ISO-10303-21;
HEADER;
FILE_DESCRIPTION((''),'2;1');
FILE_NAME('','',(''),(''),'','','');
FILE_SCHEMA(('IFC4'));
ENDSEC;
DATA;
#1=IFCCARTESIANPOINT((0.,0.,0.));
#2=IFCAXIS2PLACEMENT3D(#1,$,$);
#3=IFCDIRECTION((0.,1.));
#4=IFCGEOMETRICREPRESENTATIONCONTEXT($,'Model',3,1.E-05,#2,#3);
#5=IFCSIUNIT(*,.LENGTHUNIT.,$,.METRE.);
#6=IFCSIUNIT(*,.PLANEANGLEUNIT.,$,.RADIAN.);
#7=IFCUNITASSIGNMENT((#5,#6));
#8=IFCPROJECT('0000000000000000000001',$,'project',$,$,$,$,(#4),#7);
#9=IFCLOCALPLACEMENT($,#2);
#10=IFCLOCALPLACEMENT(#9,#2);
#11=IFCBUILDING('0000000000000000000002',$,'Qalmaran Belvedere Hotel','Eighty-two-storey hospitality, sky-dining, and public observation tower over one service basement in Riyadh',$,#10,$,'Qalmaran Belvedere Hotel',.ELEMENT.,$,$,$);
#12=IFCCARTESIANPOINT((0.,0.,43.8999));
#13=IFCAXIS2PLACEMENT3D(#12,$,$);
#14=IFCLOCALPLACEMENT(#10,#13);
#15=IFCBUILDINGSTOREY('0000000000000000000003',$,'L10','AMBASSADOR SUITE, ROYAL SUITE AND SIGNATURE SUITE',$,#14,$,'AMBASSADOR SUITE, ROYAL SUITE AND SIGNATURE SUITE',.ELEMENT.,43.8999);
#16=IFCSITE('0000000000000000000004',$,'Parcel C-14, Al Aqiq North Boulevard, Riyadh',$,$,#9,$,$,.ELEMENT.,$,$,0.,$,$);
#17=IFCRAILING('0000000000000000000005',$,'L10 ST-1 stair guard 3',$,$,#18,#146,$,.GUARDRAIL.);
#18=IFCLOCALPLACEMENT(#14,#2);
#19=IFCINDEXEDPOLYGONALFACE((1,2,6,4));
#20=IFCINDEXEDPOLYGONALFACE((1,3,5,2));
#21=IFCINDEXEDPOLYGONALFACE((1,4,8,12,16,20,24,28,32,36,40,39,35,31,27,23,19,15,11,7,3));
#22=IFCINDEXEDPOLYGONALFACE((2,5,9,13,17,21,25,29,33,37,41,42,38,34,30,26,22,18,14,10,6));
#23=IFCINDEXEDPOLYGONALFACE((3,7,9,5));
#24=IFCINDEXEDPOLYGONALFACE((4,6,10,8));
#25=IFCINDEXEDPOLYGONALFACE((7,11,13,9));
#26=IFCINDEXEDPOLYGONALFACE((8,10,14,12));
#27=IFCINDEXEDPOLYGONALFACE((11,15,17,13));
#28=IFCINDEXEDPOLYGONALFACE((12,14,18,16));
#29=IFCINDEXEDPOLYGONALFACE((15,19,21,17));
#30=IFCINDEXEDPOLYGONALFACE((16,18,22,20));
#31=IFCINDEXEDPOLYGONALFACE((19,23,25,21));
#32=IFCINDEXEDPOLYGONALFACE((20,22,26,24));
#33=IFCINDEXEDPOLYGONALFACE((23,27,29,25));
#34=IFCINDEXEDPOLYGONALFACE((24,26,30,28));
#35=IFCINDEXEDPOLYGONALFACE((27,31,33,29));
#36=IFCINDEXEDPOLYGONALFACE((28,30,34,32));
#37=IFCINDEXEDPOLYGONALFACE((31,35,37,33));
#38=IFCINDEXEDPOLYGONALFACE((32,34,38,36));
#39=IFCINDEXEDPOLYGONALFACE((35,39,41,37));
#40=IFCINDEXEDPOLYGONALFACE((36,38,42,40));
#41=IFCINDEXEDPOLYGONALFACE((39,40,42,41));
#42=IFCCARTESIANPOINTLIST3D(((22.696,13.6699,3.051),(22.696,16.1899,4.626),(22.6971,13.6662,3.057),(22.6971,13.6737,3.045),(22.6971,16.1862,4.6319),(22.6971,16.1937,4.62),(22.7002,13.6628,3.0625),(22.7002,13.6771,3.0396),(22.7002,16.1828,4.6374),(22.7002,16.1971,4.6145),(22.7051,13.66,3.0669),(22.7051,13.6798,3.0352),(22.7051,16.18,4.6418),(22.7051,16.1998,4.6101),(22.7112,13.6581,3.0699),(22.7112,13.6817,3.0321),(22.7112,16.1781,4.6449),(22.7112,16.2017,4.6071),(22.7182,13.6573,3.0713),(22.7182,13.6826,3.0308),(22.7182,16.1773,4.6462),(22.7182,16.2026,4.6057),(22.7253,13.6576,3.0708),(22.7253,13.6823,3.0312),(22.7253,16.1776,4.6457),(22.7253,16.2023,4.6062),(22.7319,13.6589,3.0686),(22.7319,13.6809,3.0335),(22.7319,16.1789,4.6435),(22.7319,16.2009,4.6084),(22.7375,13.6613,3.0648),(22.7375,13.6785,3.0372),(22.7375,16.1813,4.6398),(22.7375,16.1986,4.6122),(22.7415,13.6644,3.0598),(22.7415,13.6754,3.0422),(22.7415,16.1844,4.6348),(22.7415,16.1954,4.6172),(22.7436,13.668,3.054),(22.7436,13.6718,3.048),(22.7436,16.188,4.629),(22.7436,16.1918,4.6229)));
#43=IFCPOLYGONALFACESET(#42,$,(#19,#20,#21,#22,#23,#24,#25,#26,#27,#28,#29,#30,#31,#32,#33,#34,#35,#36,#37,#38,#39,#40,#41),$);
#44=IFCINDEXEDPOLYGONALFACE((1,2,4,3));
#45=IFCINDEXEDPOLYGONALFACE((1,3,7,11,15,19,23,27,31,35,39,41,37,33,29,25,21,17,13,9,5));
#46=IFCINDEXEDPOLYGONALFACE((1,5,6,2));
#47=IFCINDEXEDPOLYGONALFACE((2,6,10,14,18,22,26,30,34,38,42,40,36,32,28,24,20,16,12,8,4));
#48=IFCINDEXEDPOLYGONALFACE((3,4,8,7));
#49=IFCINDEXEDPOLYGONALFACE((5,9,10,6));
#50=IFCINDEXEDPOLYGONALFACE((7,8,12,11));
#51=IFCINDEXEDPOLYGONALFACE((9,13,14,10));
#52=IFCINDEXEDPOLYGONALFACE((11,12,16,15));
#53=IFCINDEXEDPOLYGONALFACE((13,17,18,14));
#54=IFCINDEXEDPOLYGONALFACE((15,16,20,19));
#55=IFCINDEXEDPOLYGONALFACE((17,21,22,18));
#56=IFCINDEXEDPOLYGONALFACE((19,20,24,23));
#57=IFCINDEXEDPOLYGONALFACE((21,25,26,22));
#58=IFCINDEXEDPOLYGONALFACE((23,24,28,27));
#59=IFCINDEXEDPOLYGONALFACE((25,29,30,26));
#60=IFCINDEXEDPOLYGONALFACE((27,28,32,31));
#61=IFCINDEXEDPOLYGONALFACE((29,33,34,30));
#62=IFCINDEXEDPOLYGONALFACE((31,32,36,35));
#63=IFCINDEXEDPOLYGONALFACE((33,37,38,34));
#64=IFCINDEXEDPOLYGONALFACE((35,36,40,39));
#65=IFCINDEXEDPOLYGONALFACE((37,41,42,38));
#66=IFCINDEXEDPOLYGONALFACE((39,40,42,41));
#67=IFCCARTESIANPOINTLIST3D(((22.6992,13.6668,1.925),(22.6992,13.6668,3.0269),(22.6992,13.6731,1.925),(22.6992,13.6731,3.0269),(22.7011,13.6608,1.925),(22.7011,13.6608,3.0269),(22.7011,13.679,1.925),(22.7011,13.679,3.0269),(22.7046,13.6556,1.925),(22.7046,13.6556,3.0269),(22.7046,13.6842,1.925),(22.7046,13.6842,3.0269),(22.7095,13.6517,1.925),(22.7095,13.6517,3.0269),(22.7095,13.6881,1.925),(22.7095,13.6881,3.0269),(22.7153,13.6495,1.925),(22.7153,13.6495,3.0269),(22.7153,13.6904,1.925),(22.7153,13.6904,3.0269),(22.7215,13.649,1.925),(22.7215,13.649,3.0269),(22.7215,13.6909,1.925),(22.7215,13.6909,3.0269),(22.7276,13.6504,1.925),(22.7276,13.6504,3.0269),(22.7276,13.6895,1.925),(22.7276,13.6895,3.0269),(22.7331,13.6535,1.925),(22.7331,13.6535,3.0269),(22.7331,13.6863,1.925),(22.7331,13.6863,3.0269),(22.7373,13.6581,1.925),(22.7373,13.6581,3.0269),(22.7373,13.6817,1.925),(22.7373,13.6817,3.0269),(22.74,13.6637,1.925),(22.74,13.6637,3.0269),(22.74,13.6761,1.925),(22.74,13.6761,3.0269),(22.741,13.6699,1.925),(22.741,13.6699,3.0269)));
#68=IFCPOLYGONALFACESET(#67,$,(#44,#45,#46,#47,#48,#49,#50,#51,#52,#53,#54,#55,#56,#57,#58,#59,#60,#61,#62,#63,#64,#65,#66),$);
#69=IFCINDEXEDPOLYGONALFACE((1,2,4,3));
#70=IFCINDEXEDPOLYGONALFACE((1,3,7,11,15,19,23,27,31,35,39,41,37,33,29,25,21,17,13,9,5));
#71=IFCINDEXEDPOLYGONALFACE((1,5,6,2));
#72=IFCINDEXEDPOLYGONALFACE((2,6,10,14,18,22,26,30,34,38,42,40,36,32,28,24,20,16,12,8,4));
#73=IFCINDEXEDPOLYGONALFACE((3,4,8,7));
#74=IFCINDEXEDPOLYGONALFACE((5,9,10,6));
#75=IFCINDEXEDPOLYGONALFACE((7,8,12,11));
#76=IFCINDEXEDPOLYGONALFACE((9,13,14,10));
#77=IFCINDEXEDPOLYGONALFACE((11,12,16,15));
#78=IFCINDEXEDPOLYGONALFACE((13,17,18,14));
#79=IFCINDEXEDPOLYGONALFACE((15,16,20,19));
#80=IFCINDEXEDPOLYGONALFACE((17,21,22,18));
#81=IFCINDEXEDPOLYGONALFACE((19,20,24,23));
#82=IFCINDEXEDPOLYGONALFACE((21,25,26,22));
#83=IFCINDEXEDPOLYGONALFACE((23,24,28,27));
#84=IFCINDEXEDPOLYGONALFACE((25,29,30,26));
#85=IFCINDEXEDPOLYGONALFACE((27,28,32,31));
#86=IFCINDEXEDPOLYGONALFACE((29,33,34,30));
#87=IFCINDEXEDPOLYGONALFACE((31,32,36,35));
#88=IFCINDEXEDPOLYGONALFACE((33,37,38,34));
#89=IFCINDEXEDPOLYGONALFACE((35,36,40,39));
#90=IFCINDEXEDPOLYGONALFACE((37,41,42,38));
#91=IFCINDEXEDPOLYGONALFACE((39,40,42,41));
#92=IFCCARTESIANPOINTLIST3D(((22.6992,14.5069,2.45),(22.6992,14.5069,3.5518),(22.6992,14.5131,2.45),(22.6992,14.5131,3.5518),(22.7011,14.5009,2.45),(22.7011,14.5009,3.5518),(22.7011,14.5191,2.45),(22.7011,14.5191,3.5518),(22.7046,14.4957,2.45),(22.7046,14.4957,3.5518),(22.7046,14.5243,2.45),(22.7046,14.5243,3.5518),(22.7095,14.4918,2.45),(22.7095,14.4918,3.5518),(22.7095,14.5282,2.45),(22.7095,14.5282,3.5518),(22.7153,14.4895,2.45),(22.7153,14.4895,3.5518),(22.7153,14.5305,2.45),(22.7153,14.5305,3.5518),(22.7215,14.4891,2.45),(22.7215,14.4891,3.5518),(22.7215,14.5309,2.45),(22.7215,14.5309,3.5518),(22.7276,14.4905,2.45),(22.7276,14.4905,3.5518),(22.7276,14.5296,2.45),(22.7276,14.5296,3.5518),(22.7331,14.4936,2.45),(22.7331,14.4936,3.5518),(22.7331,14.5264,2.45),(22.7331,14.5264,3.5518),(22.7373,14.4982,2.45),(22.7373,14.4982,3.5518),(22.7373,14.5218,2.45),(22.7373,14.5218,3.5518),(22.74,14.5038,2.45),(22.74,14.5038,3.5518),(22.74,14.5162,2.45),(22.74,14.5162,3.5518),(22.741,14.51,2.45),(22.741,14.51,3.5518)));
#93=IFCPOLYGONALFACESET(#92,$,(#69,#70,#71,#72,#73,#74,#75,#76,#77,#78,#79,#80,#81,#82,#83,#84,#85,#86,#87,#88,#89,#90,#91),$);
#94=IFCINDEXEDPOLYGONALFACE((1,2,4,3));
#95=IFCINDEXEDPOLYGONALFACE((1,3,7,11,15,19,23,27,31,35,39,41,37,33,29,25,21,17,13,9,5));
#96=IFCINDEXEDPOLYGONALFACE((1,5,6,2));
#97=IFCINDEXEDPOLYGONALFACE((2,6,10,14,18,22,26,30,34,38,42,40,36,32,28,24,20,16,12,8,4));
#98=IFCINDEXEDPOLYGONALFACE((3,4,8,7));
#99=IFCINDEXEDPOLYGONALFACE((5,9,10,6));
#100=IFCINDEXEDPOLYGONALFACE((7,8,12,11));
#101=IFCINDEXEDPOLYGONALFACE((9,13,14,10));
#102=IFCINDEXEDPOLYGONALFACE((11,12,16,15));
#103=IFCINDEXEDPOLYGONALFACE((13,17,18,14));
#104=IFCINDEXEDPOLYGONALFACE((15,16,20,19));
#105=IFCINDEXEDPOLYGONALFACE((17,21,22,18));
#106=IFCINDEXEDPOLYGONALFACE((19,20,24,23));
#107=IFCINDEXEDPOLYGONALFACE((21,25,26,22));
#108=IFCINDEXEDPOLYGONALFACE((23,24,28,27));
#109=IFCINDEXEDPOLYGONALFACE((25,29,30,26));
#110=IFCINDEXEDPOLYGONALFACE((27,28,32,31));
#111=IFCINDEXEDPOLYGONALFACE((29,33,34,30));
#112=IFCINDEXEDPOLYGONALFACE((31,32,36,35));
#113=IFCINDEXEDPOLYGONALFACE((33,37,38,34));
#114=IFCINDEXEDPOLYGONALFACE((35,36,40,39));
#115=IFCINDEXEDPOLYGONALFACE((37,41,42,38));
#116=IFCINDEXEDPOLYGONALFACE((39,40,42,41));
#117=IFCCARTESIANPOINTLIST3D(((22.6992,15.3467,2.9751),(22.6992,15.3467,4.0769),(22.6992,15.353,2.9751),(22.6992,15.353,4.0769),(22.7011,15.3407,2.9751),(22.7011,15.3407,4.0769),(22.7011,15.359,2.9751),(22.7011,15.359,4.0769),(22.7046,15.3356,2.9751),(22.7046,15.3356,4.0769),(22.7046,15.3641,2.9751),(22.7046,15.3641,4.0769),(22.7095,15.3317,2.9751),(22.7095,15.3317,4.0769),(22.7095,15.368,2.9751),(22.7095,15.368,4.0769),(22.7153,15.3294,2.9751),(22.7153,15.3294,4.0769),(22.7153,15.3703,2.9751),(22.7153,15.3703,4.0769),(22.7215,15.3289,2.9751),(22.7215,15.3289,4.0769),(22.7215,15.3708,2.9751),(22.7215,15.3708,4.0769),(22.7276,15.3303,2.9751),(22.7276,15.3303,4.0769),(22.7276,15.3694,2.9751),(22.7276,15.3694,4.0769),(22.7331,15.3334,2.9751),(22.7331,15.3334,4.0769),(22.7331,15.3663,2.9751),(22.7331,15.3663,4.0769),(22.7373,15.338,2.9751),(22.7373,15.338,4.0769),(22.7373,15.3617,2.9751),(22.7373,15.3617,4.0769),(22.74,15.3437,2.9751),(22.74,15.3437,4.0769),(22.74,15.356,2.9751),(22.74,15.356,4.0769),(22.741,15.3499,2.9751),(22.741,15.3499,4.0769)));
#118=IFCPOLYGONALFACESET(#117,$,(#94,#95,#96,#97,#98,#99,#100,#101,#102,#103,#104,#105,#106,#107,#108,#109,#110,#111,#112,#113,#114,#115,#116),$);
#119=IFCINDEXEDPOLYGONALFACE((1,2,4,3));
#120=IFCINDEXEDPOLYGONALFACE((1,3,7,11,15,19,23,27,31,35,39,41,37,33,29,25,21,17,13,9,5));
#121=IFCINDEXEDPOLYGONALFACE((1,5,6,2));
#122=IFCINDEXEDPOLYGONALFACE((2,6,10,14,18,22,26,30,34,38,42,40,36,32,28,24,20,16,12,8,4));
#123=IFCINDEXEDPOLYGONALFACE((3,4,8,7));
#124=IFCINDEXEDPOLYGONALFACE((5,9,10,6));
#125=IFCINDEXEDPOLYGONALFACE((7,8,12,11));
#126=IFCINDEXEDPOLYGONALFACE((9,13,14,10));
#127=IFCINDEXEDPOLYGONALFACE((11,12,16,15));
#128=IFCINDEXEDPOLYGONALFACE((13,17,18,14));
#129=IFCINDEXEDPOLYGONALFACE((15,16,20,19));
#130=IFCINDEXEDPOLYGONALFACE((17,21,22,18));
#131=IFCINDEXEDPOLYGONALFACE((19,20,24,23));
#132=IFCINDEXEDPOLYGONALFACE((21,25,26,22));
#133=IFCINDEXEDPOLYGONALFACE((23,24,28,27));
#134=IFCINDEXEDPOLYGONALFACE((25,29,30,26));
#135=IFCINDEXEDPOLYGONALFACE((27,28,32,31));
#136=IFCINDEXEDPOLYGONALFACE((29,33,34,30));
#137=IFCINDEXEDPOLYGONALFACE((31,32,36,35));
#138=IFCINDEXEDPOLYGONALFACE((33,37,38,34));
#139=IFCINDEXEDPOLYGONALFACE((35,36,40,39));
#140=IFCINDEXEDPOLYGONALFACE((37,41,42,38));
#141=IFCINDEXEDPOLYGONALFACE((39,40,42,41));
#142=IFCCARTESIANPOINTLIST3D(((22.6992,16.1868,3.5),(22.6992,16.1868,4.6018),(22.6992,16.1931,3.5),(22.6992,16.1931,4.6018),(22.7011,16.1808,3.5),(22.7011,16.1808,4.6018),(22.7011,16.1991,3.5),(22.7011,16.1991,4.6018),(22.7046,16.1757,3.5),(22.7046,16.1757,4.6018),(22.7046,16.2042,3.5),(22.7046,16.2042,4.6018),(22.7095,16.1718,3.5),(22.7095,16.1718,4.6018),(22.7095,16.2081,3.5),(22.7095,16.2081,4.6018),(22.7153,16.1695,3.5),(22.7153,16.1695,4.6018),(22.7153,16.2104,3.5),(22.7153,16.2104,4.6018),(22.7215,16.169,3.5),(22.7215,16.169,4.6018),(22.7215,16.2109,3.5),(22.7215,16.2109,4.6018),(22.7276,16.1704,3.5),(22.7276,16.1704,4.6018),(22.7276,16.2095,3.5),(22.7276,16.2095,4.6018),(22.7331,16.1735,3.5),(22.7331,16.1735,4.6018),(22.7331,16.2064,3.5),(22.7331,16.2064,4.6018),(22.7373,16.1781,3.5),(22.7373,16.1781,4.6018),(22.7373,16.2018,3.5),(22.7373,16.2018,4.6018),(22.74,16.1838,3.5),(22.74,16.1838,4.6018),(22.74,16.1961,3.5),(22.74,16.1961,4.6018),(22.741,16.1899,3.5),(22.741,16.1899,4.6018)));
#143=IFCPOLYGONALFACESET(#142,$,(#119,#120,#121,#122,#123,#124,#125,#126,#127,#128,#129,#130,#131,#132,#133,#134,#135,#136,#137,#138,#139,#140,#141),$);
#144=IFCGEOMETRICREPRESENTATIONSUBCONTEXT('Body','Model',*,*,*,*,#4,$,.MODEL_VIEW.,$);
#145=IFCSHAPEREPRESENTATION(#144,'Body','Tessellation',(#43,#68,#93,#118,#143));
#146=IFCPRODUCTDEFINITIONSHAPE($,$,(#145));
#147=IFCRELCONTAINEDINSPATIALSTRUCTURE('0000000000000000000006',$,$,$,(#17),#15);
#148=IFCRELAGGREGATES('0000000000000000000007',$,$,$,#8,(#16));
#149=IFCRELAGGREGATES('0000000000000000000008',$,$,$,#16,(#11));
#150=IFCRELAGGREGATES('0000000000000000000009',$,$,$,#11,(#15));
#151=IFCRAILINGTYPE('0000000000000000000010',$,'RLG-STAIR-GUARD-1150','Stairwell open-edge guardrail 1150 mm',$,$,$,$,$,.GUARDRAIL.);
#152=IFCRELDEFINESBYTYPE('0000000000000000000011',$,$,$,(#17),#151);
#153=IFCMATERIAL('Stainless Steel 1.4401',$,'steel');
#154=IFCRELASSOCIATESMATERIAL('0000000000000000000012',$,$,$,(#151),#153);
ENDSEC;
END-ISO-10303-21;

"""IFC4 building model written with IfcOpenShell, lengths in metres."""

from ifc_helpers import new_model, si_unit, direction, frame, origin, origin_2d, place, context, subcontext, project, spatial, circle, extrude, material, type_object, element, save


model = new_model("IFC4")

# Units and contexts
model_context = context("Model", 3, precision=1e-05, world=origin(), true_north=direction((0.0, 1.0)))
body_context = subcontext(model_context, "Body", "Model", "MODEL_VIEW")
ifc_project = project(units=[si_unit("LENGTHUNIT", "METRE"), si_unit("PLANEANGLEUNIT", "RADIAN")], contexts=[model_context])

# Site, building, storey
site_placement = place(None, origin())
site = spatial("IfcSite", under=ifc_project, at=site_placement, Name="Parcel C-14, Al Aqiq North Boulevard, Riyadh", CompositionType="ELEMENT", RefElevation=0.0)
building_placement = place(site_placement, origin())
building = spatial("IfcBuilding", under=site, at=building_placement, Name="Qalmaran Belvedere Hotel", Description="Eighty-two-storey hospitality, sky-dining, and public observation tower over one service basement in Riyadh", LongName="Qalmaran Belvedere Hotel", CompositionType="ELEMENT")
storey_placement = place(building_placement, frame((0.0, 0.0, 43.8999)))
storey = spatial("IfcBuildingStorey", under=building, at=storey_placement, Name="L10", Description="AMBASSADOR SUITE, ROYAL SUITE AND SIGNATURE SUITE", LongName="AMBASSADOR SUITE, ROYAL SUITE AND SIGNATURE SUITE", CompositionType="ELEMENT", Elevation=43.8999)

# Railing
ifc_material_1 = material(Name="Stainless Steel 1.4401", Category="steel")
railing_type_1 = type_object("IfcRailingType", Name="RLG-STAIR-GUARD-1150", Description="Stairwell open-edge guardrail 1150 mm", PredefinedType="GUARDRAIL", material=ifc_material_1)
railing_1_placement = place(storey_placement, frame((22.72, 13.6699, 1.925)))
element("IfcRailing", 1, at=railing_1_placement, inside=storey, type_object=railing_type_1, Name="L10 ST-1 stair guard 3", PredefinedType="GUARDRAIL", context=body_context, shape_type="SweptSolid", body=[
    extrude(circle(Radius=0.0239, at=origin_2d()), frame((0.0, 0.0, 1.126), z_axis=(0.0, 0.848008, 0.529984), x_axis=(-1.0, 0.0, 0.0)), (0.0, 0.0, 1.0), 2.9717),
    extrude(circle(Radius=0.021, at=origin_2d()), origin(), (0.0, 0.0, 1.0), 1.1018),
    extrude(circle(Radius=0.021, at=origin_2d()), frame((0.0, 0.8401, 0.5249)), (0.0, 0.0, 1.0), 1.1018),
    extrude(circle(Radius=0.021, at=origin_2d()), frame((0.0, 1.6799, 1.05)), (0.0, 0.0, 1.0), 1.1018),
    extrude(circle(Radius=0.021, at=origin_2d()), frame((0.0, 2.52, 1.575)), (0.0, 0.0, 1.0), 1.1018),
])

save(model, "model.ifc")
